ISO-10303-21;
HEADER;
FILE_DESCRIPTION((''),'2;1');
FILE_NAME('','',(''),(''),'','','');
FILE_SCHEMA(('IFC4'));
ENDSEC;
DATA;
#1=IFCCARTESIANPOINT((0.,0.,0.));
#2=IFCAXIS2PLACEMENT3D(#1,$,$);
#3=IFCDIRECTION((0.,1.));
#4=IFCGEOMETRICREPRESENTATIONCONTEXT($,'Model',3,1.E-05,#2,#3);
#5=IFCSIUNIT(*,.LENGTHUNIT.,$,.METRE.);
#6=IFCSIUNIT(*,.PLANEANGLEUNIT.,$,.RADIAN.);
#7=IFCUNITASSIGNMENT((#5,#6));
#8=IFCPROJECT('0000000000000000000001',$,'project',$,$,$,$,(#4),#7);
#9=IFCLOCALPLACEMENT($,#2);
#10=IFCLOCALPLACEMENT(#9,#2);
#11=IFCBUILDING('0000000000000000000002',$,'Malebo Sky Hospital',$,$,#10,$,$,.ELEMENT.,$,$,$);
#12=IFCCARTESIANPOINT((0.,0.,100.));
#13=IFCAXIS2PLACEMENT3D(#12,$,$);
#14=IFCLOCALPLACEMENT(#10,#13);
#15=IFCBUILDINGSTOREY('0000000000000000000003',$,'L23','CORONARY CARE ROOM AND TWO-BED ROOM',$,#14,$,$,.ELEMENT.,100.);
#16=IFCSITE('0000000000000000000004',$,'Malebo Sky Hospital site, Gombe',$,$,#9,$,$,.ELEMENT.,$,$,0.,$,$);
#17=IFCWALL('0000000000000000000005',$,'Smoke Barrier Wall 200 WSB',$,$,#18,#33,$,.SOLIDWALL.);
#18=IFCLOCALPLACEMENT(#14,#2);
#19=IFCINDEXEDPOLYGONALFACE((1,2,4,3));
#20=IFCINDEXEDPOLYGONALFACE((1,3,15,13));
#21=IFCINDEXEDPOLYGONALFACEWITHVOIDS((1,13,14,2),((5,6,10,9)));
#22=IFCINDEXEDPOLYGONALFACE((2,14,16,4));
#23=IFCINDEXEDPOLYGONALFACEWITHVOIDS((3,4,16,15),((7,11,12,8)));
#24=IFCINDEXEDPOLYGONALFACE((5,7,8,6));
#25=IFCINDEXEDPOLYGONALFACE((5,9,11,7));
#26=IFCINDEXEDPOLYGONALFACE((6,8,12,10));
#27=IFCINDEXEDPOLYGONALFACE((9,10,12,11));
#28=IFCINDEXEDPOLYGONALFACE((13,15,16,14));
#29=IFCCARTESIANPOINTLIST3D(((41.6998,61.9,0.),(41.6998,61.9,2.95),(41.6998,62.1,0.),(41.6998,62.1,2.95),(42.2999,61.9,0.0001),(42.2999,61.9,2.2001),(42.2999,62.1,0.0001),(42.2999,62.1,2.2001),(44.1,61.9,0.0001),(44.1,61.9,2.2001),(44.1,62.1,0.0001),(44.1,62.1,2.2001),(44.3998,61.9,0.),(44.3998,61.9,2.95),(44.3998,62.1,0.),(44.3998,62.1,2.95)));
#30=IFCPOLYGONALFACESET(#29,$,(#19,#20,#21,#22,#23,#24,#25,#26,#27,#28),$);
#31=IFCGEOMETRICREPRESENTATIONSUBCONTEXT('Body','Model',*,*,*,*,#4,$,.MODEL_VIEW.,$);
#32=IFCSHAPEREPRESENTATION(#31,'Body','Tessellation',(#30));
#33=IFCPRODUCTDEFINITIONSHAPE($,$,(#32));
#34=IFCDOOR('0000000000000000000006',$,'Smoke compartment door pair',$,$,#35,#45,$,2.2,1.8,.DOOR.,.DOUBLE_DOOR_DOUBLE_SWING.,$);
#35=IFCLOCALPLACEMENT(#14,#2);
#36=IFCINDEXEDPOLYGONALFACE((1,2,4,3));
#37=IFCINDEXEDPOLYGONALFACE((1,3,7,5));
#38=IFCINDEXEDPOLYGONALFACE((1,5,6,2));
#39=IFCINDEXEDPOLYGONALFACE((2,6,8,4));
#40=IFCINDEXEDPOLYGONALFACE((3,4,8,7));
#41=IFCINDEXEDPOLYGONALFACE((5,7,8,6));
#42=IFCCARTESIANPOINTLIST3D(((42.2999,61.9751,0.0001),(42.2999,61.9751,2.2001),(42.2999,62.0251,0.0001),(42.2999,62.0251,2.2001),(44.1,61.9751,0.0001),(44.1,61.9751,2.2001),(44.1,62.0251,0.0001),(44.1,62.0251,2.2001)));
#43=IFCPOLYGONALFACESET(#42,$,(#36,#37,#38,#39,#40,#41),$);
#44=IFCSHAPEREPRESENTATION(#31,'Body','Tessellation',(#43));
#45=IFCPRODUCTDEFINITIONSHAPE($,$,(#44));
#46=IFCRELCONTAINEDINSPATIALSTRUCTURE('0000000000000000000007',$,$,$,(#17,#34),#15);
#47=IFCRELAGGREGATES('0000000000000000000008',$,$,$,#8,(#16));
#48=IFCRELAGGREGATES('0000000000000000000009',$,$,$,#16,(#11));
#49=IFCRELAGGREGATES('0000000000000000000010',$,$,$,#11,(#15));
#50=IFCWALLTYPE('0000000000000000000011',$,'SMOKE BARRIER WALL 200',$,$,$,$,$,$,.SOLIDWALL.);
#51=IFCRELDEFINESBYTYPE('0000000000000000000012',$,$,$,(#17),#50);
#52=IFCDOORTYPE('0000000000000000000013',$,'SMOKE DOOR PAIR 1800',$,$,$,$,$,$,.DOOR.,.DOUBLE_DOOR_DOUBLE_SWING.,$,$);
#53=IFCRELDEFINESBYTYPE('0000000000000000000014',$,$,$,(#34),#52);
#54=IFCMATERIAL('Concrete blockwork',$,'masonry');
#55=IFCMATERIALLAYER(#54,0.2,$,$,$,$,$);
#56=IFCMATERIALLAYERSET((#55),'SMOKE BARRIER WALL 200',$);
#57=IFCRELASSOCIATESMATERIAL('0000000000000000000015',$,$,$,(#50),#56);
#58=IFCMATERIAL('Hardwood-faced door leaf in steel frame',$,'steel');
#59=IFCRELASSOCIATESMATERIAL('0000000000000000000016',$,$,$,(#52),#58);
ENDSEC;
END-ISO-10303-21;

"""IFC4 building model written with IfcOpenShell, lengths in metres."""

from ifc_helpers import new_model, si_unit, direction, frame, frame_2d, origin, place, context, subcontext, project, spatial, rectangle, extrude, material, layer, layer_set, type_object, element, fill, save


model = new_model("IFC4")

# Units and contexts
model_context = context("Model", 3, precision=1e-05, world=origin(), true_north=direction((0.0, 1.0)))
body_context = subcontext(model_context, "Body", "Model", "MODEL_VIEW")
ifc_project = project(units=[si_unit("LENGTHUNIT", "METRE"), si_unit("PLANEANGLEUNIT", "RADIAN")], contexts=[model_context])

# Site, building, storey
site_placement = place(None, origin())
site = spatial("IfcSite", under=ifc_project, at=site_placement, Name="Malebo Sky Hospital site, Gombe", CompositionType="ELEMENT", RefElevation=0.0)
building_placement = place(site_placement, origin())
building = spatial("IfcBuilding", under=site, at=building_placement, Name="Malebo Sky Hospital", CompositionType="ELEMENT")
storey_placement = place(building_placement, frame((0.0, 0.0, 100.0)))
storey = spatial("IfcBuildingStorey", under=building, at=storey_placement, Name="L23", Description="CORONARY CARE ROOM AND TWO-BED ROOM", CompositionType="ELEMENT", Elevation=100.0)

# Shared definitions
ifc_material_1 = material(Name="Hardwood-faced door leaf in steel frame", Category="steel")

# Shared definitions
ifc_material_2 = material(Name="Concrete blockwork", Category="masonry")
ifc_layer_1 = layer(ifc_material_2, 0.2)
ifc_layer_set_1 = layer_set([ifc_layer_1], Name="SMOKE BARRIER WALL 200")
wall_type_1 = type_object("IfcWallType", Name="SMOKE BARRIER WALL 200", PredefinedType="SOLIDWALL", material=ifc_layer_set_1)

# Wall, opening, door
wall_1_placement = place(storey_placement, frame((44.3999, 62.0, 0.0), z_axis=(0.0, 0.0, 1.0), x_axis=(-1.0, 0.0, 0.0)))
wall_1 = element("IfcWall", 1, at=wall_1_placement, inside=storey, type_object=wall_type_1, Name="Smoke Barrier Wall 200 WSB", PredefinedType="SOLIDWALL", context=body_context, shape_type="SweptSolid", body=[
    extrude(rectangle(XDim=2.7, YDim=0.2, at=frame_2d((1.3501, 0.0))), origin(), (0.0, 0.0, 1.0), 2.95),
])
opening_1_placement = place(wall_1_placement, frame((0.3, 0.0, 0.0)))
opening_1 = element("IfcOpeningElement", 2, at=opening_1_placement, cuts=wall_1, PredefinedType="OPENING", context=body_context, shape_type="SweptSolid", body=[
    extrude(rectangle(XDim=1.8, YDim=2.2, at=frame_2d((0.8999, 1.1001))), frame((0.0, 0.1099, 0.0), z_axis=(0.0, -1.0, 0.0), x_axis=(1.0, 0.0, 0.0)), (0.0, 0.0, 1.0), 0.22),
])
door_type_1 = type_object("IfcDoorType", Name="SMOKE DOOR PAIR 1800", OperationType="DOUBLE_DOOR_DOUBLE_SWING", PredefinedType="DOOR", material=ifc_material_1)
door_1_placement = place(opening_1_placement, origin())
door_1 = element("IfcDoor", 3, at=door_1_placement, inside=storey, type_object=door_type_1, Name="Smoke compartment door pair", OperationType="DOUBLE_DOOR_DOUBLE_SWING", OverallHeight=2.2, OverallWidth=1.8, PredefinedType="DOOR", context=body_context, shape_type="SweptSolid", body=[
    extrude(rectangle(XDim=1.8, YDim=2.2, at=frame_2d((0.8999, 1.1001))), frame((0.0, 0.0249, 0.0), z_axis=(0.0, -1.0, 0.0), x_axis=(1.0, 0.0, 0.0)), (0.0, 0.0, 1.0), 0.05),
])
fill(opening_1, door_1)

save(model, "model.ifc")
